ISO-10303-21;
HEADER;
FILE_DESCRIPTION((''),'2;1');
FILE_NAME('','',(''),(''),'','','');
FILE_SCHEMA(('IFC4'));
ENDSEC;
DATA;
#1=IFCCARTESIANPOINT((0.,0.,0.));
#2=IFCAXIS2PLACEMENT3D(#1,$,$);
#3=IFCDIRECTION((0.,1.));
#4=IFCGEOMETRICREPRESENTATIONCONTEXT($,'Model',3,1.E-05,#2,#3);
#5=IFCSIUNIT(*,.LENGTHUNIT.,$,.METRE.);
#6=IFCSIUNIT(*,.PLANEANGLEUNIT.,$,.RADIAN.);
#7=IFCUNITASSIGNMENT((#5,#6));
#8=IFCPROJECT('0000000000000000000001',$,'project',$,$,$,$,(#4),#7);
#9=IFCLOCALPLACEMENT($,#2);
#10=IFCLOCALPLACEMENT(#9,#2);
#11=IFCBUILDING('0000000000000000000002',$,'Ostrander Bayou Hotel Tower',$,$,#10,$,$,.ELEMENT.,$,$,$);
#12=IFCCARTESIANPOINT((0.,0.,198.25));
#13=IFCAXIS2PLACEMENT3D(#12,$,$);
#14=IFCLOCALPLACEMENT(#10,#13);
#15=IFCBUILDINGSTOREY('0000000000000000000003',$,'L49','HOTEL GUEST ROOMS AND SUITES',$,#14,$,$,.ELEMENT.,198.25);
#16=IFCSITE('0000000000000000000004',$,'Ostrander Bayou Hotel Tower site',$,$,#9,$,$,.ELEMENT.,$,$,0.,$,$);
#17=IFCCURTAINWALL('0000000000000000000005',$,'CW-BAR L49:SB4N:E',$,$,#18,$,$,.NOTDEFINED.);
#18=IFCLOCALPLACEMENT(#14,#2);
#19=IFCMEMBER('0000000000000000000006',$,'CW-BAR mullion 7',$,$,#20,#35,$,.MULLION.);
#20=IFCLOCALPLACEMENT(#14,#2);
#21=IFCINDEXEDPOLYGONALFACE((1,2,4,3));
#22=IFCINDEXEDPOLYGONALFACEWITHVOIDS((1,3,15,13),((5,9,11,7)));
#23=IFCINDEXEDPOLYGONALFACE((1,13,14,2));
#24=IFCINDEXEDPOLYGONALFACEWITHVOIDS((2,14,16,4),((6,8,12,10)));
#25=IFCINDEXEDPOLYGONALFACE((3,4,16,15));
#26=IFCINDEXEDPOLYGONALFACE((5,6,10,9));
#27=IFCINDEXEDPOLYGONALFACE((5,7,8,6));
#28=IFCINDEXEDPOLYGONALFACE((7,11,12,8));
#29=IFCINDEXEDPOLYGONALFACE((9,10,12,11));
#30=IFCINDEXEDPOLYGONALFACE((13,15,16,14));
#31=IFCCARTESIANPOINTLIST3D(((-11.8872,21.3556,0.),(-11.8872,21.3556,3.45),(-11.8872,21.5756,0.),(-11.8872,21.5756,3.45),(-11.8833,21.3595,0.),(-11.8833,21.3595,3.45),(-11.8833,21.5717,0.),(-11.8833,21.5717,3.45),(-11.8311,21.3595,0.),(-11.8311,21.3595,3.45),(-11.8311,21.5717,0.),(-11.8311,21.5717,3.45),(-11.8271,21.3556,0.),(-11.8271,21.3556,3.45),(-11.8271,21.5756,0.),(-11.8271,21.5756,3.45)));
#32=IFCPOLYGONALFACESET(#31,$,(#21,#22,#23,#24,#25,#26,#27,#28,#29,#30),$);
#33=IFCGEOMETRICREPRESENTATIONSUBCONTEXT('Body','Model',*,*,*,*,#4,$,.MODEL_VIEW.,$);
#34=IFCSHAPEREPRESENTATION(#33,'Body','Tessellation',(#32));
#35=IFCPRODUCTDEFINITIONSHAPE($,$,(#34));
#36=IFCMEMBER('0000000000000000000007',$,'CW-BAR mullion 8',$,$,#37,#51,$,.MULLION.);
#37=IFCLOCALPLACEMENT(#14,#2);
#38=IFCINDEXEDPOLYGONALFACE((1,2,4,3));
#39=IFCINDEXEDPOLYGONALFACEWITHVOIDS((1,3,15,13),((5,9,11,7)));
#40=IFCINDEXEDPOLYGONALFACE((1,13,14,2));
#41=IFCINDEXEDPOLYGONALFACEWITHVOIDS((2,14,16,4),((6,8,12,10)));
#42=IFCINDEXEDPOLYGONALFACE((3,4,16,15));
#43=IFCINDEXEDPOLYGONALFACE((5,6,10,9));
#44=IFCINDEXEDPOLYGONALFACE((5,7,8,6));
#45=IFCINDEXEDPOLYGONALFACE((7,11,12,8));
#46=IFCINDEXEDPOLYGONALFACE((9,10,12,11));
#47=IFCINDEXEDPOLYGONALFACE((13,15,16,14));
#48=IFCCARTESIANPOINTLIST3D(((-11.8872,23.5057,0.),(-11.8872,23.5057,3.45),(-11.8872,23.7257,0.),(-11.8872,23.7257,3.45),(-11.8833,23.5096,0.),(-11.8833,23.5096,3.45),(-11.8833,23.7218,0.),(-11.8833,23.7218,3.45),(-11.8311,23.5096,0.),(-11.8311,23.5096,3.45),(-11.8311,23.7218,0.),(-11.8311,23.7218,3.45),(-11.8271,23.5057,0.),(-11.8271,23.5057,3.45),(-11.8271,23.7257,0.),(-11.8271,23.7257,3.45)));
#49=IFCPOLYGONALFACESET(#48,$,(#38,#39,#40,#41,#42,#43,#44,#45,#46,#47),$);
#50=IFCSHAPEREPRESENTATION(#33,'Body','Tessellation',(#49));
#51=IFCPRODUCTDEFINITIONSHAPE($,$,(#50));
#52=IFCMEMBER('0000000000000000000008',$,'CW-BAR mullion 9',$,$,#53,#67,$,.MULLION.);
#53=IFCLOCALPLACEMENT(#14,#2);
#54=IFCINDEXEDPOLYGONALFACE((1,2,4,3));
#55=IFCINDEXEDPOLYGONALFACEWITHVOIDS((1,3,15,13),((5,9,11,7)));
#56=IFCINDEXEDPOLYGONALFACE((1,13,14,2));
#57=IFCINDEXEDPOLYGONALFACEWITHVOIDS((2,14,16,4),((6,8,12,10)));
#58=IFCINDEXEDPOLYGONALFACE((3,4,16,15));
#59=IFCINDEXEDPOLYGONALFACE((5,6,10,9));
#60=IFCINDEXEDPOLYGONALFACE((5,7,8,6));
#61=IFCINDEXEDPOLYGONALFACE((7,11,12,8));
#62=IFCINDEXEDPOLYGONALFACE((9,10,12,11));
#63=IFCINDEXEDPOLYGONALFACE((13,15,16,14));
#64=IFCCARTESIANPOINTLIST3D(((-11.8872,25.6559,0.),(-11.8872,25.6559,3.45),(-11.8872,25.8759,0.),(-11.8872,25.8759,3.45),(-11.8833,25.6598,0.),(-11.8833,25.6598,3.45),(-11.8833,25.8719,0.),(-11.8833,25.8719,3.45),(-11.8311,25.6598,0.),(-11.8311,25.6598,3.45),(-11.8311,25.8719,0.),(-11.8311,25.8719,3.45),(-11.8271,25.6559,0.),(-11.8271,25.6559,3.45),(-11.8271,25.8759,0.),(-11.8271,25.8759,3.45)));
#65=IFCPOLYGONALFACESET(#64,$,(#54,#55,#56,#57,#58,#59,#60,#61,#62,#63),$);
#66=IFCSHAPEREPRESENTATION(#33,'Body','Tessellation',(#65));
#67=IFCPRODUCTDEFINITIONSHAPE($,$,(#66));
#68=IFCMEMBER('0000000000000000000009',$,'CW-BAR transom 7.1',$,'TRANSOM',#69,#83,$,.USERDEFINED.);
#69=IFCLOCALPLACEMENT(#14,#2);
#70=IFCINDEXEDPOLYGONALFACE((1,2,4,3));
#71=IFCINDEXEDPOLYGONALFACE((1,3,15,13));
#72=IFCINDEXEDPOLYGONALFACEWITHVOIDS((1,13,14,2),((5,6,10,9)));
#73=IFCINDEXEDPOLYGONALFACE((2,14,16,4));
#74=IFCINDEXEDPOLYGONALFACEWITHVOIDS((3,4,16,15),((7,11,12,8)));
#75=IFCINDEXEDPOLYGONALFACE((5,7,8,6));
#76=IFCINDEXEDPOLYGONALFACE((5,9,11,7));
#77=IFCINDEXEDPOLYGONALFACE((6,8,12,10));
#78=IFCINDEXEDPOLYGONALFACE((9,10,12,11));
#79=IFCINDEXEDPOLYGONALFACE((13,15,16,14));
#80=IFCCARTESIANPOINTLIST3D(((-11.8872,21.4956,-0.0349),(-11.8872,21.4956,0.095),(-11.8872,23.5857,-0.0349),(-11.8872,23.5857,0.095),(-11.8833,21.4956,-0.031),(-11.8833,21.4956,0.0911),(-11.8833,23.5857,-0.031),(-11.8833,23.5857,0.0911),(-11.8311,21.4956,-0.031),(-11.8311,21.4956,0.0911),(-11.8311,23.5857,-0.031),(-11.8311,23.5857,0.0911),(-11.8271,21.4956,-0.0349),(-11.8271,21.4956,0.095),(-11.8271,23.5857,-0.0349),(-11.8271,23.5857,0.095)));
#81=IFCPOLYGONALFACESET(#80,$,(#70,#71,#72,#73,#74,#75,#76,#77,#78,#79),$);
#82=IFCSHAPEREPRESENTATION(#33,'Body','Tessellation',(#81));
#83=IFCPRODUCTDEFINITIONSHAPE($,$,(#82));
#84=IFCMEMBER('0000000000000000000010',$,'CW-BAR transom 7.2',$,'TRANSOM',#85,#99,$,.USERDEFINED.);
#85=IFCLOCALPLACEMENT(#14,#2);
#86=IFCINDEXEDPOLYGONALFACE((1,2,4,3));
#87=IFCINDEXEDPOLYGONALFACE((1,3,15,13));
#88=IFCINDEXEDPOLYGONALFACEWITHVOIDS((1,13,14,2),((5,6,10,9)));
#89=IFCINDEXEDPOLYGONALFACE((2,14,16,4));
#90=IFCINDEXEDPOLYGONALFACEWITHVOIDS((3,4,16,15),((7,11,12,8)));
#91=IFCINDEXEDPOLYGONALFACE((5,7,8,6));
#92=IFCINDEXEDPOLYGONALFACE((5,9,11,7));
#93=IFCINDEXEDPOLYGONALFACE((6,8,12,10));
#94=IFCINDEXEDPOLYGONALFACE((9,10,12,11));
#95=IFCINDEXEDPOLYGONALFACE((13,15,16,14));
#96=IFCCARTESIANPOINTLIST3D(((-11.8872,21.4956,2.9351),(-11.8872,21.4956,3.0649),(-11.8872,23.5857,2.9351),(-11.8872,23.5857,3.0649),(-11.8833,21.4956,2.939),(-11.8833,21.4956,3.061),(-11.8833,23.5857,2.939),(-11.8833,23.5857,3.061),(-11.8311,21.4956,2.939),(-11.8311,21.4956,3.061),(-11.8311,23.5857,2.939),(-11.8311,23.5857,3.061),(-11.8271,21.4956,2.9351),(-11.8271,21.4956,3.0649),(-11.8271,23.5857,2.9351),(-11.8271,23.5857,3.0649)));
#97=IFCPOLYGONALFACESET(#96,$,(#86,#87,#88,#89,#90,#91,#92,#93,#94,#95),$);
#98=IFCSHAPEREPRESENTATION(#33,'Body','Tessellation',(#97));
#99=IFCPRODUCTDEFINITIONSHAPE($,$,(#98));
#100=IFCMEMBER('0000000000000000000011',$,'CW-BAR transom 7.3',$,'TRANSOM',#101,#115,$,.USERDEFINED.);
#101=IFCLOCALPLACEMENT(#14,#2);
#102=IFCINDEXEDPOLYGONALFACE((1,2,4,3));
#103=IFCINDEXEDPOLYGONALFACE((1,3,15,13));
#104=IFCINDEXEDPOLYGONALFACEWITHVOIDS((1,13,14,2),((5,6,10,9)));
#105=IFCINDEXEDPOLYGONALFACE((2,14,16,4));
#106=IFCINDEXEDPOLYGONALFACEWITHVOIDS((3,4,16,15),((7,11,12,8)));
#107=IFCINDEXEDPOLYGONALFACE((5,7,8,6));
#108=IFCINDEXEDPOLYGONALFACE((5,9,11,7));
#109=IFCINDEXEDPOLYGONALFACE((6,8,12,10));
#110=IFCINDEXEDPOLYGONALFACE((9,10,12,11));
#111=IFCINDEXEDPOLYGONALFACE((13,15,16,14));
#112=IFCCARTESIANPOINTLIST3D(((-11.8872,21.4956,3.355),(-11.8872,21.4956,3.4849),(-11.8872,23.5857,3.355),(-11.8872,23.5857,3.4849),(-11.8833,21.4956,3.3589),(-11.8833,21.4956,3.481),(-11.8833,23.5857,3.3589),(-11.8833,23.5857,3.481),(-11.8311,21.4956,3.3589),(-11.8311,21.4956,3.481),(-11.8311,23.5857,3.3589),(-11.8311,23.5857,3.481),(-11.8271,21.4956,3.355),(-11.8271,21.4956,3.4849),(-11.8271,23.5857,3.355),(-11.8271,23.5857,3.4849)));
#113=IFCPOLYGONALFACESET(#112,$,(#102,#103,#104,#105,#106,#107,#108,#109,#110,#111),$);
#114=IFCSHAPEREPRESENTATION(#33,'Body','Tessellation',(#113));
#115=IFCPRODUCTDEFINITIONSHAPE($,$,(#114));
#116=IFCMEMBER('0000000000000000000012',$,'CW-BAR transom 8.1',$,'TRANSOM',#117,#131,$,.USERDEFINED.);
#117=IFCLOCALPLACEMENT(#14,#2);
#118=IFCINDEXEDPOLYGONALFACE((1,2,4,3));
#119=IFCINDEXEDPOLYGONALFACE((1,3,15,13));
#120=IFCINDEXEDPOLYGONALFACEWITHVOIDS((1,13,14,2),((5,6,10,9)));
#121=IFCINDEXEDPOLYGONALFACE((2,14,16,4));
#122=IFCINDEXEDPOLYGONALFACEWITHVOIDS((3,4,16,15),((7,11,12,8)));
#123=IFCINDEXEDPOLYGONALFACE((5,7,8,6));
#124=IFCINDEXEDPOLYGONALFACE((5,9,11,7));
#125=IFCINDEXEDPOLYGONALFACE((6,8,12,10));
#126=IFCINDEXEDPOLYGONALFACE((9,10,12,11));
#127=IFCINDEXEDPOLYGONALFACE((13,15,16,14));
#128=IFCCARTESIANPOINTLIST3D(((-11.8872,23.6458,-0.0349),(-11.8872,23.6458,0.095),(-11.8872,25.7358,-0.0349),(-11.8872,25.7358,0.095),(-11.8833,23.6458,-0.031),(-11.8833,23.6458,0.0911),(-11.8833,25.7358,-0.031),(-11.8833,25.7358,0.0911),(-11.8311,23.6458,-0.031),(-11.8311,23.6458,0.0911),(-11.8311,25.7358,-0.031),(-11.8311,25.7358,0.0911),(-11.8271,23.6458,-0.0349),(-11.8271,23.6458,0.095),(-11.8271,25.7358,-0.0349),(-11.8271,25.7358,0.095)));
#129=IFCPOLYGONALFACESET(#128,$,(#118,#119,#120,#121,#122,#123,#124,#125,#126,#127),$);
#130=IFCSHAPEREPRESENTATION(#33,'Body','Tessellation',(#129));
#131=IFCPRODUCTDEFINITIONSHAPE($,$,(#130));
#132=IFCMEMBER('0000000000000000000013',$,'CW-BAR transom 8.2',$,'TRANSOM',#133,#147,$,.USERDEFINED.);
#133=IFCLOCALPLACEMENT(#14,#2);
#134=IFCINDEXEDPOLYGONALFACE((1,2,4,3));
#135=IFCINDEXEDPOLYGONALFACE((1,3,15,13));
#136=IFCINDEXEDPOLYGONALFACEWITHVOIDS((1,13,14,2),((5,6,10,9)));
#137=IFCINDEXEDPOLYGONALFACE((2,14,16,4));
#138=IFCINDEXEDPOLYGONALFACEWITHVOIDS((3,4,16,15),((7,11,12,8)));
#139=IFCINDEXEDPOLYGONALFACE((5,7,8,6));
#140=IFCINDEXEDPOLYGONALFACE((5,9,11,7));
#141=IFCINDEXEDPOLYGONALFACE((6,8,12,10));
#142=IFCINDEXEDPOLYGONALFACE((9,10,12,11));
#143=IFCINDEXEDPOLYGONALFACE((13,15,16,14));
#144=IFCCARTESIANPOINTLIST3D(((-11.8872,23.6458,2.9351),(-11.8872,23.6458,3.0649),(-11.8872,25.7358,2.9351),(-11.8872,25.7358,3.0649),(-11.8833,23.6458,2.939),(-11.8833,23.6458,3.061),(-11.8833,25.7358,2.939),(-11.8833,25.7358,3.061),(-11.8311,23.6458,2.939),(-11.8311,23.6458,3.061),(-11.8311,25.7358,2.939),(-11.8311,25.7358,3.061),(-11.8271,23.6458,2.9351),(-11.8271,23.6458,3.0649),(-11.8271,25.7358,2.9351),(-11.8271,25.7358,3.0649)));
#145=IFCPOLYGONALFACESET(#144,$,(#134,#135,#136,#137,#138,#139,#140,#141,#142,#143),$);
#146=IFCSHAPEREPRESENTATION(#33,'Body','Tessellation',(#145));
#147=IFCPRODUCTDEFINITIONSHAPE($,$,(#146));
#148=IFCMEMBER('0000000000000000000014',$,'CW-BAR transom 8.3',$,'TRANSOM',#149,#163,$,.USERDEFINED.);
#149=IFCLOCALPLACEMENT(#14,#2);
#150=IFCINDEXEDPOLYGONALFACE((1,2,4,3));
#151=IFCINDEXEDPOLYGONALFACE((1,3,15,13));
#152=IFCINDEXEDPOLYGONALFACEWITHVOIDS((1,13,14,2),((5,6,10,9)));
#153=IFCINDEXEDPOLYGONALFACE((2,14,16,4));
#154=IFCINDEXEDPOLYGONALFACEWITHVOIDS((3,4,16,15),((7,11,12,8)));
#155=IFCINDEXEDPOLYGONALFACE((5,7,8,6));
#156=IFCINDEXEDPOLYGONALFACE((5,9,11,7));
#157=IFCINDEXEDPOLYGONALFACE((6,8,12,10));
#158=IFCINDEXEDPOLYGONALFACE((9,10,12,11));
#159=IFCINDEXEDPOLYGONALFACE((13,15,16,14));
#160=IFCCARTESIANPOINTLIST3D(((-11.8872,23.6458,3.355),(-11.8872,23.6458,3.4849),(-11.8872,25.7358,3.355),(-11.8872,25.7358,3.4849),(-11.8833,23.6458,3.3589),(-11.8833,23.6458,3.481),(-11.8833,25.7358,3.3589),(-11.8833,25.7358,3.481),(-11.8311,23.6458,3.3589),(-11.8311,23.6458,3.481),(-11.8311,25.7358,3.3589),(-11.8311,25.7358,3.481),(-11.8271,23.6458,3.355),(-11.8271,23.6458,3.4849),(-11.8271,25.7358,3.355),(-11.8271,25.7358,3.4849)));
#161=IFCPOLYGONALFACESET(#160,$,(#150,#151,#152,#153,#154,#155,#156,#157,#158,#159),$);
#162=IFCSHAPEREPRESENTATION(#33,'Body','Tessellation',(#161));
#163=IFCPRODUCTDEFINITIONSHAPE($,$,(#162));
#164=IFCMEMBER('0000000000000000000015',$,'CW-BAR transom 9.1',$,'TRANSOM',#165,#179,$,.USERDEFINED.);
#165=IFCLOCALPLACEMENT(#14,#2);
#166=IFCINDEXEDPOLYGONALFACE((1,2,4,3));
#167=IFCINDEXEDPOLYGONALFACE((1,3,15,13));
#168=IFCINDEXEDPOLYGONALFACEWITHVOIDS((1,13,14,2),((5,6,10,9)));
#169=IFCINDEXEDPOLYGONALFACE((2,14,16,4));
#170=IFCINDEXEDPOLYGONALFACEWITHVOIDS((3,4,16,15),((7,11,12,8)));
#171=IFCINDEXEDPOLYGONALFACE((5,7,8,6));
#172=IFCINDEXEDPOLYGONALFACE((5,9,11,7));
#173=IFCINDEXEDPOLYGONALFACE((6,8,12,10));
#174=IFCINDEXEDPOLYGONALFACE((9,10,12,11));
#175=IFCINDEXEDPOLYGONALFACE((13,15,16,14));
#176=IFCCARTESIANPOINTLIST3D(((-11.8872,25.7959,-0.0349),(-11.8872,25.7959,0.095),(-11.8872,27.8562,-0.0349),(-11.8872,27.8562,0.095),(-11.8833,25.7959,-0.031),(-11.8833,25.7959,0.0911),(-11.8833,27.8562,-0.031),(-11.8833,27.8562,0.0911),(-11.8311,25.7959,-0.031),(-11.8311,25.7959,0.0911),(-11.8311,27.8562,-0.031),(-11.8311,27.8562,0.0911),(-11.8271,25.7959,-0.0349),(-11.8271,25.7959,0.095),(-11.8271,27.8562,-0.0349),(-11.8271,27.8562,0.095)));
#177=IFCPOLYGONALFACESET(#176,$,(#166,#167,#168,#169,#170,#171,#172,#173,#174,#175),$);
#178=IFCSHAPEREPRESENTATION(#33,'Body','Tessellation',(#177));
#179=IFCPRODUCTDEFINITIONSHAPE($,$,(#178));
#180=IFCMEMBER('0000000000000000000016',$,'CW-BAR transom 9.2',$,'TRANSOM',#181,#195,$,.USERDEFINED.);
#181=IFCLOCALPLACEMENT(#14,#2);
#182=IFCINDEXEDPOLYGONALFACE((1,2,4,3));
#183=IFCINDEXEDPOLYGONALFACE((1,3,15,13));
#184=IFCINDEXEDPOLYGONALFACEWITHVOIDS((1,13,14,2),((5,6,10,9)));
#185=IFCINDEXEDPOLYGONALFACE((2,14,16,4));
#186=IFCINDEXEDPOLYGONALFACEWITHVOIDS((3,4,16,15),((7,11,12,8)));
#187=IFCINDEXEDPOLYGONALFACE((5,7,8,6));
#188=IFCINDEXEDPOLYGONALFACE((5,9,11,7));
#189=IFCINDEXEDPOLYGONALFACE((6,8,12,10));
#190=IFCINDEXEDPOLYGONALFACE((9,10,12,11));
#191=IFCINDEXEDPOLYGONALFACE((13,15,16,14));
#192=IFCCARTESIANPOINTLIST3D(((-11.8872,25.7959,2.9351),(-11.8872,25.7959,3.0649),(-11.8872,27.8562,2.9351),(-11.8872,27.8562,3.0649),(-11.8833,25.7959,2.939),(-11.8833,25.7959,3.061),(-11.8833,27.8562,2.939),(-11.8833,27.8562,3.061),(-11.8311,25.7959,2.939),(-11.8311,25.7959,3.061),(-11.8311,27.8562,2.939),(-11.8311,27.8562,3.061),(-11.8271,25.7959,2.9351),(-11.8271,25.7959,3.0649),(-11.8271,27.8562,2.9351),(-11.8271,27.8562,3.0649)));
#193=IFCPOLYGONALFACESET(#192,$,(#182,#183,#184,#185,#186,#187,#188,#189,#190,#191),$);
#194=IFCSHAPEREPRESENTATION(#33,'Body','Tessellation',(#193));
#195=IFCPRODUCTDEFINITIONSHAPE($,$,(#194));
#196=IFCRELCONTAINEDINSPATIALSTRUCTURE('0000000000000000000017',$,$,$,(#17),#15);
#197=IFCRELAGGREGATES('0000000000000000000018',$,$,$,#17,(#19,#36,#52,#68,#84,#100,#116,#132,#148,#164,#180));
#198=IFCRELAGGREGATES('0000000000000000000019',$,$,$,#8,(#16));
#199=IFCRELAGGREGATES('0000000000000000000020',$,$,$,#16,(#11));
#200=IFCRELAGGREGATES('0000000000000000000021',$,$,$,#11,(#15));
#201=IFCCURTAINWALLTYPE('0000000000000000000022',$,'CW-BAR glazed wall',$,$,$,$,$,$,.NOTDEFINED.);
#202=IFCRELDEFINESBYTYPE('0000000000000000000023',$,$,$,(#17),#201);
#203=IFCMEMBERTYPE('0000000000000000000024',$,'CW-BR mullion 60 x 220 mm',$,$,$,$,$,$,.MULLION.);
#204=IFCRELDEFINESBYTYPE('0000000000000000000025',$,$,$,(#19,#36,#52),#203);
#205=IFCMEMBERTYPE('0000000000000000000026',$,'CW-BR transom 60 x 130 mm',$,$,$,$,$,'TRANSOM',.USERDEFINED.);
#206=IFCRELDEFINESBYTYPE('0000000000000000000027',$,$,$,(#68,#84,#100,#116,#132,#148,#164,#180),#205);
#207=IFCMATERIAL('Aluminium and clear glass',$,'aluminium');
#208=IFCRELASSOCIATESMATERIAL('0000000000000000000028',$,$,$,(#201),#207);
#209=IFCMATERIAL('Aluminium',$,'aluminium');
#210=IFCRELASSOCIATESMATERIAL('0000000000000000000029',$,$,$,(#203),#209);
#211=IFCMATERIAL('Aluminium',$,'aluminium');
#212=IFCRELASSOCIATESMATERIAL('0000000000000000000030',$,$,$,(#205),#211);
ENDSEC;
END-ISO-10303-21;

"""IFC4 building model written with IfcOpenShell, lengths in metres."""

from ifc_helpers import new_model, si_unit, direction, frame, origin, origin_2d, place, context, subcontext, project, spatial, hollow_rectangle, extrude, material, material_profile, profile_set, type_object, element, aggregate, save


model = new_model("IFC4")

# Units and contexts
model_context = context("Model", 3, precision=1e-05, world=origin(), true_north=direction((0.0, 1.0)))
body_context = subcontext(model_context, "Body", "Model", "MODEL_VIEW")
ifc_project = project(units=[si_unit("LENGTHUNIT", "METRE"), si_unit("PLANEANGLEUNIT", "RADIAN")], contexts=[model_context])

# Site, building, storey
site_placement = place(None, origin())
site = spatial("IfcSite", under=ifc_project, at=site_placement, Name="Ostrander Bayou Hotel Tower site", CompositionType="ELEMENT", RefElevation=0.0)
building_placement = place(site_placement, origin())
building = spatial("IfcBuilding", under=site, at=building_placement, Name="Ostrander Bayou Hotel Tower", CompositionType="ELEMENT")
storey_placement = place(building_placement, frame((0.0, 0.0, 198.25)))
storey = spatial("IfcBuildingStorey", under=building, at=storey_placement, Name="L49", Description="HOTEL GUEST ROOMS AND SUITES", CompositionType="ELEMENT", Elevation=198.25)

# Curtain wall, members
ifc_material_1 = material(Name="Aluminium and clear glass", Category="aluminium")
curtain_wall_type = type_object("IfcCurtainWallType", Name="CW-BAR glazed wall", PredefinedType="NOTDEFINED", material=ifc_material_1)
curtain_wall_placement = place(storey_placement, origin())
curtain_wall = element("IfcCurtainWall", 1, at=curtain_wall_placement, inside=storey, type_object=curtain_wall_type, Name="CW-BAR L49:SB4N:E", PredefinedType="NOTDEFINED")
ifc_material_2 = material(Name="Aluminium", Category="aluminium")
ifc_material_profile_1 = material_profile(ifc_material_2, hollow_rectangle(XDim=0.0601, YDim=0.22, WallThickness=0.0039, at=origin_2d()))
ifc_profile_set_1 = profile_set([ifc_material_profile_1], Name="Aluminium")
member_type_1 = type_object("IfcMemberType", Name="CW-BR mullion 60 x 220 mm", PredefinedType="MULLION", material=ifc_profile_set_1)
member_1_placement = place(storey_placement, frame((-11.8572, 21.4656, 0.0), z_axis=(0.0, 0.0, 1.0), x_axis=(-1.0, 0.0, 0.0)))
member_1 = element("IfcMember", 2, at=member_1_placement, type_object=member_type_1, Name="CW-BAR mullion 7", PredefinedType="MULLION", context=body_context, shape_type="SweptSolid", body=[
    extrude(hollow_rectangle(XDim=0.0601, YDim=0.22, WallThickness=0.0039, at=origin_2d()), origin(), (0.0, 0.0, 1.0), 3.45),
])
member_2_placement = place(storey_placement, frame((-11.8572, 23.6157, 0.0), z_axis=(0.0, 0.0, 1.0), x_axis=(-1.0, 0.0, 0.0)))
member_2 = element("IfcMember", 3, at=member_2_placement, type_object=member_type_1, Name="CW-BAR mullion 8", PredefinedType="MULLION", context=body_context, shape_type="SweptSolid", body=[
    extrude(hollow_rectangle(XDim=0.0601, YDim=0.22, WallThickness=0.0039, at=origin_2d()), origin(), (0.0, 0.0, 1.0), 3.45),
])
member_3_placement = place(storey_placement, frame((-11.8572, 25.7659, 0.0), z_axis=(0.0, 0.0, 1.0), x_axis=(-1.0, 0.0, 0.0)))
member_3 = element("IfcMember", 4, at=member_3_placement, type_object=member_type_1, Name="CW-BAR mullion 9", PredefinedType="MULLION", context=body_context, shape_type="SweptSolid", body=[
    extrude(hollow_rectangle(XDim=0.0601, YDim=0.22, WallThickness=0.0039, at=origin_2d()), origin(), (0.0, 0.0, 1.0), 3.45),
])
ifc_material_3 = material(Name="Aluminium", Category="aluminium")
ifc_material_profile_2 = material_profile(ifc_material_3, hollow_rectangle(XDim=0.0601, YDim=0.1299, WallThickness=0.0039, at=origin_2d()))
ifc_profile_set_2 = profile_set([ifc_material_profile_2], Name="Aluminium")
member_type_2 = type_object("IfcMemberType", Name="CW-BR transom 60 x 130 mm", ElementType="TRANSOM", PredefinedType="USERDEFINED", material=ifc_profile_set_2)
member_4_placement = place(storey_placement, frame((-11.8572, 21.4956, 0.03), z_axis=(0.0, 1.0, 0.0), x_axis=(-1.0, 0.0, 0.0)))
member_4 = element("IfcMember", 5, at=member_4_placement, type_object=member_type_2, Name="CW-BAR transom 7.1", ObjectType="TRANSOM", PredefinedType="USERDEFINED", context=body_context, shape_type="SweptSolid", body=[
    extrude(hollow_rectangle(XDim=0.0601, YDim=0.1299, WallThickness=0.0039, at=origin_2d()), origin(), (0.0, 0.0, 1.0), 2.0901),
])
member_5_placement = place(storey_placement, frame((-11.8572, 21.4956, 3.0), z_axis=(0.0, 1.0, 0.0), x_axis=(-1.0, 0.0, 0.0)))
member_5 = element("IfcMember", 6, at=member_5_placement, type_object=member_type_2, Name="CW-BAR transom 7.2", ObjectType="TRANSOM", PredefinedType="USERDEFINED", context=body_context, shape_type="SweptSolid", body=[
    extrude(hollow_rectangle(XDim=0.0601, YDim=0.1299, WallThickness=0.0039, at=origin_2d()), origin(), (0.0, 0.0, 1.0), 2.0901),
])
member_6_placement = place(storey_placement, frame((-11.8572, 21.4956, 3.4199), z_axis=(0.0, 1.0, 0.0), x_axis=(-1.0, 0.0, 0.0)))
member_6 = element("IfcMember", 7, at=member_6_placement, type_object=member_type_2, Name="CW-BAR transom 7.3", ObjectType="TRANSOM", PredefinedType="USERDEFINED", context=body_context, shape_type="SweptSolid", body=[
    extrude(hollow_rectangle(XDim=0.0601, YDim=0.1299, WallThickness=0.0039, at=origin_2d()), origin(), (0.0, 0.0, 1.0), 2.0901),
])
member_7_placement = place(storey_placement, frame((-11.8572, 23.6458, 0.03), z_axis=(0.0, 1.0, 0.0), x_axis=(-1.0, 0.0, 0.0)))
member_7 = element("IfcMember", 8, at=member_7_placement, type_object=member_type_2, Name="CW-BAR transom 8.1", ObjectType="TRANSOM", PredefinedType="USERDEFINED", context=body_context, shape_type="SweptSolid", body=[
    extrude(hollow_rectangle(XDim=0.0601, YDim=0.1299, WallThickness=0.0039, at=origin_2d()), origin(), (0.0, 0.0, 1.0), 2.0901),
])
member_8_placement = place(storey_placement, frame((-11.8572, 23.6458, 3.0), z_axis=(0.0, 1.0, 0.0), x_axis=(-1.0, 0.0, 0.0)))
member_8 = element("IfcMember", 9, at=member_8_placement, type_object=member_type_2, Name="CW-BAR transom 8.2", ObjectType="TRANSOM", PredefinedType="USERDEFINED", context=body_context, shape_type="SweptSolid", body=[
    extrude(hollow_rectangle(XDim=0.0601, YDim=0.1299, WallThickness=0.0039, at=origin_2d()), origin(), (0.0, 0.0, 1.0), 2.0901),
])
member_9_placement = place(storey_placement, frame((-11.8572, 23.6458, 3.4199), z_axis=(0.0, 1.0, 0.0), x_axis=(-1.0, 0.0, 0.0)))
member_9 = element("IfcMember", 10, at=member_9_placement, type_object=member_type_2, Name="CW-BAR transom 8.3", ObjectType="TRANSOM", PredefinedType="USERDEFINED", context=body_context, shape_type="SweptSolid", body=[
    extrude(hollow_rectangle(XDim=0.0601, YDim=0.1299, WallThickness=0.0039, at=origin_2d()), origin(), (0.0, 0.0, 1.0), 2.0901),
])
member_10_placement = place(storey_placement, frame((-11.8572, 25.7959, 0.03), z_axis=(0.0, 1.0, 0.0), x_axis=(-1.0, 0.0, 0.0)))
member_10 = element("IfcMember", 11, at=member_10_placement, type_object=member_type_2, Name="CW-BAR transom 9.1", ObjectType="TRANSOM", PredefinedType="USERDEFINED", context=body_context, shape_type="SweptSolid", body=[
    extrude(hollow_rectangle(XDim=0.0601, YDim=0.1299, WallThickness=0.0039, at=origin_2d()), origin(), (0.0, 0.0, 1.0), 2.0603),
])
member_11_placement = place(storey_placement, frame((-11.8572, 25.7959, 3.0), z_axis=(0.0, 1.0, 0.0), x_axis=(-1.0, 0.0, 0.0)))
member_11 = element("IfcMember", 12, at=member_11_placement, type_object=member_type_2, Name="CW-BAR transom 9.2", ObjectType="TRANSOM", PredefinedType="USERDEFINED", context=body_context, shape_type="SweptSolid", body=[
    extrude(hollow_rectangle(XDim=0.0601, YDim=0.1299, WallThickness=0.0039, at=origin_2d()), origin(), (0.0, 0.0, 1.0), 2.0603),
])

aggregate(curtain_wall, [member_1, member_2, member_3, member_4, member_5, member_6, member_7, member_8, member_9, member_10, member_11])

save(model, "model.ifc")
